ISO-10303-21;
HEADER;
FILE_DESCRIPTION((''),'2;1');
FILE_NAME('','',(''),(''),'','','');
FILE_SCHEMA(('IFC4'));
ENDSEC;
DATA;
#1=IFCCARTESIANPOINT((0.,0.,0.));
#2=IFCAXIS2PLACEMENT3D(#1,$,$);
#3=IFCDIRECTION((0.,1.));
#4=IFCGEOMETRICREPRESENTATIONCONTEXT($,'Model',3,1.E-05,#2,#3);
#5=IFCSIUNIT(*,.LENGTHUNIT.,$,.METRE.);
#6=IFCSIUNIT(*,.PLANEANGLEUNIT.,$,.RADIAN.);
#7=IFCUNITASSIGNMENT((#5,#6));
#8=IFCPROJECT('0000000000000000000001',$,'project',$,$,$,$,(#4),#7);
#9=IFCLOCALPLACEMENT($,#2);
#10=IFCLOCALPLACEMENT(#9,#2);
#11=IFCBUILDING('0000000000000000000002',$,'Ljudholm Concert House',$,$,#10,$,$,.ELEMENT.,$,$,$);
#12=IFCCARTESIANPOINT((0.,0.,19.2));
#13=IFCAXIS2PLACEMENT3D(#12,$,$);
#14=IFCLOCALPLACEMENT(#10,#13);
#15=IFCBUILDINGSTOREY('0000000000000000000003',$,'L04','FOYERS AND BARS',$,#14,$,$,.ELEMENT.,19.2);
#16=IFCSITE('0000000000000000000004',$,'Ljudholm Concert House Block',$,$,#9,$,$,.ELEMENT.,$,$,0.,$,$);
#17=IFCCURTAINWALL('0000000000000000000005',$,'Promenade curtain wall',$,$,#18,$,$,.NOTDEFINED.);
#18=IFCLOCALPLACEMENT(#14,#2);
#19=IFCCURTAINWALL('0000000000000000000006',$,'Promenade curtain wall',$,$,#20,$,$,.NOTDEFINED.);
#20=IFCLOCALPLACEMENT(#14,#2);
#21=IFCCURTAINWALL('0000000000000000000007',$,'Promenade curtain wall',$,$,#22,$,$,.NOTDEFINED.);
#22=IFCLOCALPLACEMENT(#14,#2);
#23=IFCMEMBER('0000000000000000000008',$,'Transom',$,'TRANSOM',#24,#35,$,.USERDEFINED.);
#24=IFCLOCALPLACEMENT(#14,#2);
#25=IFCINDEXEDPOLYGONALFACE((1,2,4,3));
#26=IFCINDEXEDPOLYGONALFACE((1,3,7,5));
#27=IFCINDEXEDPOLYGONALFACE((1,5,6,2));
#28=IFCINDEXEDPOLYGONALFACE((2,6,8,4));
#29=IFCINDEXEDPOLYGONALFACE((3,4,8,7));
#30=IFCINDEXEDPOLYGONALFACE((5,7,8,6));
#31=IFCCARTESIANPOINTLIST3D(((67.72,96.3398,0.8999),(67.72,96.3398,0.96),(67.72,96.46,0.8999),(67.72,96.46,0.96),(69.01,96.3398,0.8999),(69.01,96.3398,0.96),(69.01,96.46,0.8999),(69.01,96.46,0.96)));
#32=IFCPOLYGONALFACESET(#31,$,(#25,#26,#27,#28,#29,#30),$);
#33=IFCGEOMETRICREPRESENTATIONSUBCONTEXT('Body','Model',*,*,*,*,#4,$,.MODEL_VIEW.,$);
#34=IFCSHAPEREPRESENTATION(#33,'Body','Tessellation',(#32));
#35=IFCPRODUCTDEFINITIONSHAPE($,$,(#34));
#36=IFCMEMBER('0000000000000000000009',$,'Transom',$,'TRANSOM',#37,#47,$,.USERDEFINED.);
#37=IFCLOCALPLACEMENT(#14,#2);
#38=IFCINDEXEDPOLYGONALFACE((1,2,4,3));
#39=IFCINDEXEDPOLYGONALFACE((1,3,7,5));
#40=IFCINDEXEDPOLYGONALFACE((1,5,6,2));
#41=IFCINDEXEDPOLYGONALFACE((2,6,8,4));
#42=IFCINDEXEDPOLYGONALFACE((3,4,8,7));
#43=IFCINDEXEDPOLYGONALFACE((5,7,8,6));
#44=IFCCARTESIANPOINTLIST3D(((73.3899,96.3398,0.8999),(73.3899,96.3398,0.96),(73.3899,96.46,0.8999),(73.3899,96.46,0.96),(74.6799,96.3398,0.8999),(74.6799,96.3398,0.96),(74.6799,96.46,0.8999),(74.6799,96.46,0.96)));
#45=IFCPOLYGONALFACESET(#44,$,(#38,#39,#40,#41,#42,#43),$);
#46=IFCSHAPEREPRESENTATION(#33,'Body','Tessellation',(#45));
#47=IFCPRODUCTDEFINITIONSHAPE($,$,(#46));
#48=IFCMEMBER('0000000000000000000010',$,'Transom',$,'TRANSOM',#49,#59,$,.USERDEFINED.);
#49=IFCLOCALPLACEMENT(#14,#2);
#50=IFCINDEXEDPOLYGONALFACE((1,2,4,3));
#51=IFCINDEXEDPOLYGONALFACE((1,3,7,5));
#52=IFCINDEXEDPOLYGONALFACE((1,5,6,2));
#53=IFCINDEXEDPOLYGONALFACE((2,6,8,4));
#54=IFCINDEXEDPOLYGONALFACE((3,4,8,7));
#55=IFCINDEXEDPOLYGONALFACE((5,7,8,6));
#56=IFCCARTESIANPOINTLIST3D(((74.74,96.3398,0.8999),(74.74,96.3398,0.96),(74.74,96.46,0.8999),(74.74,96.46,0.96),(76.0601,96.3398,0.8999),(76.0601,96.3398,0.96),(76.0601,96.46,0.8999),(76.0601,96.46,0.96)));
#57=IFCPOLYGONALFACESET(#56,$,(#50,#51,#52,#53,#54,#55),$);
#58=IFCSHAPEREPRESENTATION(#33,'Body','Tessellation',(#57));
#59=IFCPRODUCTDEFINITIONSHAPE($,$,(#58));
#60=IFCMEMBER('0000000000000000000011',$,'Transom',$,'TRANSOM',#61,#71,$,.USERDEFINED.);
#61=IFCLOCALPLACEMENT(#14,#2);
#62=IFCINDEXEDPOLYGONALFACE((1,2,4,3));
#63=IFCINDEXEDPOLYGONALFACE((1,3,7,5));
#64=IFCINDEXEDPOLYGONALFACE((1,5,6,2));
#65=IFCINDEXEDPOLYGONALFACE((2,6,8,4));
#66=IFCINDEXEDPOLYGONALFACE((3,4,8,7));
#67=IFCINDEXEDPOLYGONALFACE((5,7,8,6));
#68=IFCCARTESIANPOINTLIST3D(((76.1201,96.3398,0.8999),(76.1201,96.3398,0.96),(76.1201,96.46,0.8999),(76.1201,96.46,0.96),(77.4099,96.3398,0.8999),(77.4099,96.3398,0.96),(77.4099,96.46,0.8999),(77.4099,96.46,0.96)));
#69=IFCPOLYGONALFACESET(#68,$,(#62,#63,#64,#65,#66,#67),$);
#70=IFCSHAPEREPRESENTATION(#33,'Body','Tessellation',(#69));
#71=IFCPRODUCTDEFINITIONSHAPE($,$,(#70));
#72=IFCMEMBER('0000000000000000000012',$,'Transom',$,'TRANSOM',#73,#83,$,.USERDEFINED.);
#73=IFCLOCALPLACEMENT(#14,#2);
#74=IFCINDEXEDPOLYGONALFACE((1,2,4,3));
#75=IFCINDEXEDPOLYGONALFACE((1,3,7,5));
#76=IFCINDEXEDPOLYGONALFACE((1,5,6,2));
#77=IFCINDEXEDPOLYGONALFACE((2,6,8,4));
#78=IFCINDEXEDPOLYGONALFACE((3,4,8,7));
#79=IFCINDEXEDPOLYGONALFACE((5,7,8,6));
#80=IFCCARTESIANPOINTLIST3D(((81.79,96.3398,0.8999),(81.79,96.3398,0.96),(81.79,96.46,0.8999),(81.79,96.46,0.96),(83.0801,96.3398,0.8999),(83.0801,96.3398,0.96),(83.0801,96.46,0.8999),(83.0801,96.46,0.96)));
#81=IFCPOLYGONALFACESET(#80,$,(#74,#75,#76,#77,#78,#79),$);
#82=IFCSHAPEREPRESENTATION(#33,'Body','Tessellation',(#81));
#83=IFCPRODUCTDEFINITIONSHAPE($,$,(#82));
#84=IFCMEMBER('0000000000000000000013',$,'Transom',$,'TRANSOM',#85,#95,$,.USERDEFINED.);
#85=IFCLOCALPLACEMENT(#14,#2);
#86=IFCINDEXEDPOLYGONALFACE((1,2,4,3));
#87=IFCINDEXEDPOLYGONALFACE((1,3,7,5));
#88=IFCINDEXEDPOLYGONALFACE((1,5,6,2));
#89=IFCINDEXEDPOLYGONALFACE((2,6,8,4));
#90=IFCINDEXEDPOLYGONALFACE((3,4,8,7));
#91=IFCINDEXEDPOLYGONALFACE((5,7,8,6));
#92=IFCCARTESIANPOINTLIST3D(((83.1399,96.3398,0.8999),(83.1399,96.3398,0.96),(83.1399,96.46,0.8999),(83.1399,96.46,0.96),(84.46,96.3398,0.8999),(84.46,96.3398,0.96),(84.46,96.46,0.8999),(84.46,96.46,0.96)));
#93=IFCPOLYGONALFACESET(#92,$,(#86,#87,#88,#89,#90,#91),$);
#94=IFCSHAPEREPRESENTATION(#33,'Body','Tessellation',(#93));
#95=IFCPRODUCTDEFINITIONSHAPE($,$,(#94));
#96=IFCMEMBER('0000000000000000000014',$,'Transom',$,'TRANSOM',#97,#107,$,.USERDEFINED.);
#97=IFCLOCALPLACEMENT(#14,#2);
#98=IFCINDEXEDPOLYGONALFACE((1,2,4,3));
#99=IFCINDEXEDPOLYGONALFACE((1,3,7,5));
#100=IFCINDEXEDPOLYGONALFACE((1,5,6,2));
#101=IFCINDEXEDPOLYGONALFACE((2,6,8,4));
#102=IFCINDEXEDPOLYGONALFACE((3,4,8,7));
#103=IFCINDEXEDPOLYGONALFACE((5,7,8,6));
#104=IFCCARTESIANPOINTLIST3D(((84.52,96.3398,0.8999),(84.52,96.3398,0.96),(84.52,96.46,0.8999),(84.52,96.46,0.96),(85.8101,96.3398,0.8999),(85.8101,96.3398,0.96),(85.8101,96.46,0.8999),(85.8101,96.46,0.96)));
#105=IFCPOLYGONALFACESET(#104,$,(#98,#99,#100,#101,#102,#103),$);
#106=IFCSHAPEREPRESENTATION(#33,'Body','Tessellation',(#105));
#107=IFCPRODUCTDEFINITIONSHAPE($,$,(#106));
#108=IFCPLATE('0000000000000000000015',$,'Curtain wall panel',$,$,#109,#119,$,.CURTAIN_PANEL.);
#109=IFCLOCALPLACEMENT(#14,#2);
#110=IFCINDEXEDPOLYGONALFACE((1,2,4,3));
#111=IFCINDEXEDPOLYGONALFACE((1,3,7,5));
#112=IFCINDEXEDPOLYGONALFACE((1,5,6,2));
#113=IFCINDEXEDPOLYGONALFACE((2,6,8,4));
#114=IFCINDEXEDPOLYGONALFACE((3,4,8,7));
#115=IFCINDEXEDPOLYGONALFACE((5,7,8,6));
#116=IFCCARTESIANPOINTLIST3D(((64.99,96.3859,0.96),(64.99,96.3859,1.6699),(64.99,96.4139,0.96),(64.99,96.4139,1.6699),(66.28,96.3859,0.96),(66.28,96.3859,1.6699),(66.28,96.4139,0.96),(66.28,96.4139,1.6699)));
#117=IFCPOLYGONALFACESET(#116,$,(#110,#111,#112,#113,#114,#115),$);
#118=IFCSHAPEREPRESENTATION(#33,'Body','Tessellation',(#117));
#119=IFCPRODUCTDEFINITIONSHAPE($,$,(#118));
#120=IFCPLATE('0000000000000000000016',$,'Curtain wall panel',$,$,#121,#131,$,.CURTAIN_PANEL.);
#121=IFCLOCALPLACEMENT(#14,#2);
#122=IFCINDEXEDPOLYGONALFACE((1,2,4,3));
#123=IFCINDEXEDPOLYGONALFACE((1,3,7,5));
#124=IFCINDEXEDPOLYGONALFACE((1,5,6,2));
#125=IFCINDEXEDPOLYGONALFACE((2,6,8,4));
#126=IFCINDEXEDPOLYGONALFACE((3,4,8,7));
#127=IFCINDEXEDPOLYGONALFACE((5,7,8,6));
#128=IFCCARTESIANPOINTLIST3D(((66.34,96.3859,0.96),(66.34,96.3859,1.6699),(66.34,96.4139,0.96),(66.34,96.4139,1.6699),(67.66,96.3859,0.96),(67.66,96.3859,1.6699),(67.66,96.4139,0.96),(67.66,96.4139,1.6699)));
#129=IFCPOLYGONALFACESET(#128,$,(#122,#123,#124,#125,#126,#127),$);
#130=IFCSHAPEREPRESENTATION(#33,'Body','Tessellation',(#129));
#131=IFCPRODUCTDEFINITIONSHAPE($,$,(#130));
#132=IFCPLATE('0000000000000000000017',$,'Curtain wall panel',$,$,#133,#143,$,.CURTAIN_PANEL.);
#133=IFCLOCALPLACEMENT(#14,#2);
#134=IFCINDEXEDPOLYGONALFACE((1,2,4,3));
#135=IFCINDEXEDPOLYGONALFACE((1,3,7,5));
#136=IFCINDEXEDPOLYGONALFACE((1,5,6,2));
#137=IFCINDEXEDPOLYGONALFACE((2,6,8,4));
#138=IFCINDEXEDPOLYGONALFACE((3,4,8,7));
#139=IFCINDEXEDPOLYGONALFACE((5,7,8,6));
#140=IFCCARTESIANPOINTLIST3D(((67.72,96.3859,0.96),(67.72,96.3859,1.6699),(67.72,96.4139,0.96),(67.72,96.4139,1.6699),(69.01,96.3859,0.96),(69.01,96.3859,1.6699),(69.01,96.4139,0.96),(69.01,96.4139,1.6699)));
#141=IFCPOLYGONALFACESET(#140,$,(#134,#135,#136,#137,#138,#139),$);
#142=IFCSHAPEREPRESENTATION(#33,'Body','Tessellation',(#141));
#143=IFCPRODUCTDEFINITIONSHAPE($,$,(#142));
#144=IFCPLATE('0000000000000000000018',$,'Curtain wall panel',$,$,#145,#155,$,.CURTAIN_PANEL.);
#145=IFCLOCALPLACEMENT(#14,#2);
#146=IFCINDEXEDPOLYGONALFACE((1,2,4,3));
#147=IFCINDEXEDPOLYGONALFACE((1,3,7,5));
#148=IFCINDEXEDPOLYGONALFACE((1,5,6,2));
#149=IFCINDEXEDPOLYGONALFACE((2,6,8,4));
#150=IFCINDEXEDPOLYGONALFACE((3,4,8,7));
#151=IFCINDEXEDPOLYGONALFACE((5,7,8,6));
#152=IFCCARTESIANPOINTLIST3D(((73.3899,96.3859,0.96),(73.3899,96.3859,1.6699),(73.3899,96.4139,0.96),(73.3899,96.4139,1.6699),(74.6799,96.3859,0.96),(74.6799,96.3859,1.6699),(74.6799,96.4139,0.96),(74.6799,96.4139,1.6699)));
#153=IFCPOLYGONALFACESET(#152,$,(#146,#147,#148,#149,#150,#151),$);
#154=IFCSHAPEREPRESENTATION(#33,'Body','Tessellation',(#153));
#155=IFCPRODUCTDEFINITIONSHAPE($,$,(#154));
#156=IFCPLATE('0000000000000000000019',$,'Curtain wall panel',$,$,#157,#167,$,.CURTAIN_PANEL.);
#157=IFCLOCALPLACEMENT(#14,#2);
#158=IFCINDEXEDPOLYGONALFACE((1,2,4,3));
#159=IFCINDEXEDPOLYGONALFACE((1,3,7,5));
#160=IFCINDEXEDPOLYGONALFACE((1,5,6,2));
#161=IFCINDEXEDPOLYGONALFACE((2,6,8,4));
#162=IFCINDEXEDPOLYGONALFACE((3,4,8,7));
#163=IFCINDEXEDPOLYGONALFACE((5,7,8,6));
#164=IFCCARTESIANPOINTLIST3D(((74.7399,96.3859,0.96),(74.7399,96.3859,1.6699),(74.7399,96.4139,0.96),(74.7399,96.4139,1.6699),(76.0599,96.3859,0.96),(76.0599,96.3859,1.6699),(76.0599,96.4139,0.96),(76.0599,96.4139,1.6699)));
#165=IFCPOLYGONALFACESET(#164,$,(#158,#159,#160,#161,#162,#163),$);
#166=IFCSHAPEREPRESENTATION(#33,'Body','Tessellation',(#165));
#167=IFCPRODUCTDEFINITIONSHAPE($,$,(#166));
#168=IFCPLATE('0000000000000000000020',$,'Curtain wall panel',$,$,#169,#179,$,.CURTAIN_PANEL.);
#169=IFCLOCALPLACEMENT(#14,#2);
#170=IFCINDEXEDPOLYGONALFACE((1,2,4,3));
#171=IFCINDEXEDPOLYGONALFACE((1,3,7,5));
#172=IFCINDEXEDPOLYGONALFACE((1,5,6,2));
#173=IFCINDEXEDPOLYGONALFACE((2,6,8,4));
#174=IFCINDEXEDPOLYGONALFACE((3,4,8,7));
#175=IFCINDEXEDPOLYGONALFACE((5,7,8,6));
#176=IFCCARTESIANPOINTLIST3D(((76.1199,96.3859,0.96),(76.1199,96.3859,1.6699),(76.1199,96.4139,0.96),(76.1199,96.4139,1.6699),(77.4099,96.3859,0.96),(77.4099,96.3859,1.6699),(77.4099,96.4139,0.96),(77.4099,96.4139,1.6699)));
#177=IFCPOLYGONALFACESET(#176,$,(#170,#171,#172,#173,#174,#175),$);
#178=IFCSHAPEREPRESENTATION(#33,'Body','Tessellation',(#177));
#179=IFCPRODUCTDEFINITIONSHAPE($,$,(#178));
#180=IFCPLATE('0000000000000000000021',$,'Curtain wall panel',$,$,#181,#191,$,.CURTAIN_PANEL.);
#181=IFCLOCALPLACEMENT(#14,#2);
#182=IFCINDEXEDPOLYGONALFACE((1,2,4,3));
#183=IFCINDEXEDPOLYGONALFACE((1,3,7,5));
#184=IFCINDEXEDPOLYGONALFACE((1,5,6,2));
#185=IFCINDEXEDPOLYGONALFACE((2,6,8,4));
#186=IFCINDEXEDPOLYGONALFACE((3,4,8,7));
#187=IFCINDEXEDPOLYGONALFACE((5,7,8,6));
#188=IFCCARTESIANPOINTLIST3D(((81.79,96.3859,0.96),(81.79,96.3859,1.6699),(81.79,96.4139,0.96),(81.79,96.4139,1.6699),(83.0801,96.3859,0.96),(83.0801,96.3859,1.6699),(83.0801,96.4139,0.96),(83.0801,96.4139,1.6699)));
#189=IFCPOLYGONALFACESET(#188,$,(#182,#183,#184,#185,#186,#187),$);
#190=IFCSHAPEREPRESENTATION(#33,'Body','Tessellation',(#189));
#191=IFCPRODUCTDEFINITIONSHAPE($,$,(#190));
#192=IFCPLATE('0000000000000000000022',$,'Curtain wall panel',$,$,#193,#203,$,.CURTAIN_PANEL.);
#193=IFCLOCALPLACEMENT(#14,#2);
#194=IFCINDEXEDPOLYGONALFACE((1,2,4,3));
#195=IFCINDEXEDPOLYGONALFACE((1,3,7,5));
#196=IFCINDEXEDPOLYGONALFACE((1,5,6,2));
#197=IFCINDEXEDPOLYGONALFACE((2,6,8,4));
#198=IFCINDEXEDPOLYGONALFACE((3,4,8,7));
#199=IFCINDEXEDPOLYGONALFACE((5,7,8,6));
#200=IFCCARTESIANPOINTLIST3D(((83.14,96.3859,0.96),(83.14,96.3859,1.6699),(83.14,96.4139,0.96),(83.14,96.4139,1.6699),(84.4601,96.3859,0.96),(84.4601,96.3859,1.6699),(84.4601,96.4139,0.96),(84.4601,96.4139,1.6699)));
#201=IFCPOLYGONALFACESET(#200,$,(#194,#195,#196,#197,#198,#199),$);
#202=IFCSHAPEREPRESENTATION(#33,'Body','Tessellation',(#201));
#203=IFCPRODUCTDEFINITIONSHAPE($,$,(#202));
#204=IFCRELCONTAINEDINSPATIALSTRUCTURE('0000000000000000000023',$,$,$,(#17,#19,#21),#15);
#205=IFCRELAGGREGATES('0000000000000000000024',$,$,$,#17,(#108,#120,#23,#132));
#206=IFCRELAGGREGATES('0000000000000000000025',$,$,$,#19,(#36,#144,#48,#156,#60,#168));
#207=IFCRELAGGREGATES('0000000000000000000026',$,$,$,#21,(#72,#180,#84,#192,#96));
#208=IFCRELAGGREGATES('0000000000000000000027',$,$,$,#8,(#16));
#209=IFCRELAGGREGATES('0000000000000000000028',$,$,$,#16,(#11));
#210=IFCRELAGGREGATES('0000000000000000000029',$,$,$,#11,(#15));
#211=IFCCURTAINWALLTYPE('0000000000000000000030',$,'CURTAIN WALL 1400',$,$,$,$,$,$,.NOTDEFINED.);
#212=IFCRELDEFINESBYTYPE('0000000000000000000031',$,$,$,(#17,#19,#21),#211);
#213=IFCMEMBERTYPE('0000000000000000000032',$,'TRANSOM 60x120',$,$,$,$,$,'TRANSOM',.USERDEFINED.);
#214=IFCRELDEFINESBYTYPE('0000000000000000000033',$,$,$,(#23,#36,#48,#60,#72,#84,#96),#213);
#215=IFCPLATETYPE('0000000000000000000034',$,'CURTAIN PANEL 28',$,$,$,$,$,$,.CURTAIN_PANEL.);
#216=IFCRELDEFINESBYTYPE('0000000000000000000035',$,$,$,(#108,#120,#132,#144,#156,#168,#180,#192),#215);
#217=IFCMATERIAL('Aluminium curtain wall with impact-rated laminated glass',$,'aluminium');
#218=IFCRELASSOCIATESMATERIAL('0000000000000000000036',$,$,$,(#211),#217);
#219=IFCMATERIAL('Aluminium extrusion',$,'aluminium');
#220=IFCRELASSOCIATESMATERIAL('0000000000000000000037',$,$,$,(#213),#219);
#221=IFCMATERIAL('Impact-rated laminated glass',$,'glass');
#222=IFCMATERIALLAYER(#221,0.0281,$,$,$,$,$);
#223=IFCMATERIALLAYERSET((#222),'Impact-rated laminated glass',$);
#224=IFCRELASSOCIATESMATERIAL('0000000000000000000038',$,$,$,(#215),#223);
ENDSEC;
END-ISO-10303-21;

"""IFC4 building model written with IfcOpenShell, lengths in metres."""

from ifc_helpers import new_model, si_unit, direction, frame, origin, origin_2d, place, context, subcontext, project, spatial, rectangle, extrude, material, layer, layer_set, material_profile, profile_set, type_object, element, aggregate, save


model = new_model("IFC4")

# Units and contexts
model_context = context("Model", 3, precision=1e-05, world=origin(), true_north=direction((0.0, 1.0)))
body_context = subcontext(model_context, "Body", "Model", "MODEL_VIEW")
ifc_project = project(units=[si_unit("LENGTHUNIT", "METRE"), si_unit("PLANEANGLEUNIT", "RADIAN")], contexts=[model_context])

# Site, building, storey
site_placement = place(None, origin())
site = spatial("IfcSite", under=ifc_project, at=site_placement, Name="Ljudholm Concert House Block", CompositionType="ELEMENT", RefElevation=0.0)
building_placement = place(site_placement, origin())
building = spatial("IfcBuilding", under=site, at=building_placement, Name="Ljudholm Concert House", CompositionType="ELEMENT")
storey_placement = place(building_placement, frame((0.0, 0.0, 19.2)))
storey = spatial("IfcBuildingStorey", under=building, at=storey_placement, Name="L04", Description="FOYERS AND BARS", CompositionType="ELEMENT", Elevation=19.2)

# Shared definitions
ifc_material_1 = material(Name="Aluminium curtain wall with impact-rated laminated glass", Category="aluminium")
curtain_wall_type = type_object("IfcCurtainWallType", Name="CURTAIN WALL 1400", PredefinedType="NOTDEFINED", material=ifc_material_1)

# Curtain walls
curtain_wall_1_placement = place(storey_placement, origin())
curtain_wall_1 = element("IfcCurtainWall", 1, at=curtain_wall_1_placement, inside=storey, type_object=curtain_wall_type, Name="Promenade curtain wall", PredefinedType="NOTDEFINED")
curtain_wall_2_placement = place(storey_placement, origin())
curtain_wall_2 = element("IfcCurtainWall", 2, at=curtain_wall_2_placement, inside=storey, type_object=curtain_wall_type, Name="Promenade curtain wall", PredefinedType="NOTDEFINED")
curtain_wall_3_placement = place(storey_placement, origin())
curtain_wall_3 = element("IfcCurtainWall", 3, at=curtain_wall_3_placement, inside=storey, type_object=curtain_wall_type, Name="Promenade curtain wall", PredefinedType="NOTDEFINED")

# Members
ifc_material_2 = material(Name="Aluminium extrusion", Category="aluminium")
ifc_material_profile_1 = material_profile(ifc_material_2, rectangle(XDim=0.1201, YDim=0.0601, at=origin_2d()), Name="TRANSOM 60x120")
ifc_profile_set_1 = profile_set([ifc_material_profile_1], Name="Aluminium extrusion")
member_type_1 = type_object("IfcMemberType", Name="TRANSOM 60x120", ElementType="TRANSOM", PredefinedType="USERDEFINED", material=ifc_profile_set_1)
member_1_placement = place(storey_placement, frame((67.72, 96.3999, 0.9299), z_axis=(1.0, 0.0, 0.0), x_axis=(0.0, 1.0, 0.0)))
member_1 = element("IfcMember", 4, at=member_1_placement, type_object=member_type_1, Name="Transom", ObjectType="TRANSOM", PredefinedType="USERDEFINED", context=body_context, shape_type="SweptSolid", body=[
    extrude(rectangle(XDim=0.1201, YDim=0.0601, at=origin_2d()), origin(), (0.0, 0.0, 1.0), 1.29),
])
member_2_placement = place(storey_placement, frame((73.3899, 96.3999, 0.9299), z_axis=(1.0, 0.0, 0.0), x_axis=(0.0, 1.0, 0.0)))
member_2 = element("IfcMember", 5, at=member_2_placement, type_object=member_type_1, Name="Transom", ObjectType="TRANSOM", PredefinedType="USERDEFINED", context=body_context, shape_type="SweptSolid", body=[
    extrude(rectangle(XDim=0.1201, YDim=0.0601, at=origin_2d()), origin(), (0.0, 0.0, 1.0), 1.29),
])
member_3_placement = place(storey_placement, frame((74.74, 96.3999, 0.9299), z_axis=(1.0, 0.0, 0.0), x_axis=(0.0, 1.0, 0.0)))
member_3 = element("IfcMember", 6, at=member_3_placement, type_object=member_type_1, Name="Transom", ObjectType="TRANSOM", PredefinedType="USERDEFINED", context=body_context, shape_type="SweptSolid", body=[
    extrude(rectangle(XDim=0.1201, YDim=0.0601, at=origin_2d()), origin(), (0.0, 0.0, 1.0), 1.3201),
])
member_4_placement = place(storey_placement, frame((76.1201, 96.3999, 0.9299), z_axis=(1.0, 0.0, 0.0), x_axis=(0.0, 1.0, 0.0)))
member_4 = element("IfcMember", 7, at=member_4_placement, type_object=member_type_1, Name="Transom", ObjectType="TRANSOM", PredefinedType="USERDEFINED", context=body_context, shape_type="SweptSolid", body=[
    extrude(rectangle(XDim=0.1201, YDim=0.0601, at=origin_2d()), origin(), (0.0, 0.0, 1.0), 1.2898),
])
member_5_placement = place(storey_placement, frame((81.79, 96.3999, 0.9299), z_axis=(1.0, 0.0, 0.0), x_axis=(0.0, 1.0, 0.0)))
member_5 = element("IfcMember", 8, at=member_5_placement, type_object=member_type_1, Name="Transom", ObjectType="TRANSOM", PredefinedType="USERDEFINED", context=body_context, shape_type="SweptSolid", body=[
    extrude(rectangle(XDim=0.1201, YDim=0.0601, at=origin_2d()), origin(), (0.0, 0.0, 1.0), 1.29),
])
member_6_placement = place(storey_placement, frame((83.1399, 96.3999, 0.9299), z_axis=(1.0, 0.0, 0.0), x_axis=(0.0, 1.0, 0.0)))
member_6 = element("IfcMember", 9, at=member_6_placement, type_object=member_type_1, Name="Transom", ObjectType="TRANSOM", PredefinedType="USERDEFINED", context=body_context, shape_type="SweptSolid", body=[
    extrude(rectangle(XDim=0.1201, YDim=0.0601, at=origin_2d()), origin(), (0.0, 0.0, 1.0), 1.3201),
])
member_7_placement = place(storey_placement, frame((84.52, 96.3999, 0.9299), z_axis=(1.0, 0.0, 0.0), x_axis=(0.0, 1.0, 0.0)))
member_7 = element("IfcMember", 10, at=member_7_placement, type_object=member_type_1, Name="Transom", ObjectType="TRANSOM", PredefinedType="USERDEFINED", context=body_context, shape_type="SweptSolid", body=[
    extrude(rectangle(XDim=0.1201, YDim=0.0601, at=origin_2d()), origin(), (0.0, 0.0, 1.0), 1.29),
])

# Plates
ifc_material_3 = material(Name="Impact-rated laminated glass", Category="glass")
ifc_layer = layer(ifc_material_3, 0.0281)
ifc_layer_set = layer_set([ifc_layer], Name="Impact-rated laminated glass")
plate_type = type_object("IfcPlateType", Name="CURTAIN PANEL 28", PredefinedType="CURTAIN_PANEL", material=ifc_layer_set)
plate_1_placement = place(storey_placement, frame((65.635, 96.3999, 0.96), z_axis=(0.0, 0.0, 1.0), x_axis=(1.0, 0.0, 0.0)))
plate_1 = element("IfcPlate", 11, at=plate_1_placement, type_object=plate_type, Name="Curtain wall panel", PredefinedType="CURTAIN_PANEL", context=body_context, shape_type="SweptSolid", body=[
    extrude(rectangle(XDim=1.29, YDim=0.0281, at=origin_2d()), origin(), (0.0, 0.0, 1.0), 0.71),
])
plate_2_placement = place(storey_placement, frame((67.0, 96.3999, 0.96), z_axis=(0.0, 0.0, 1.0), x_axis=(1.0, 0.0, 0.0)))
plate_2 = element("IfcPlate", 12, at=plate_2_placement, type_object=plate_type, Name="Curtain wall panel", PredefinedType="CURTAIN_PANEL", context=body_context, shape_type="SweptSolid", body=[
    extrude(rectangle(XDim=1.3201, YDim=0.0281, at=origin_2d()), origin(), (0.0, 0.0, 1.0), 0.71),
])
plate_3_placement = place(storey_placement, frame((68.365, 96.3999, 0.96), z_axis=(0.0, 0.0, 1.0), x_axis=(1.0, 0.0, 0.0)))
plate_3 = element("IfcPlate", 13, at=plate_3_placement, type_object=plate_type, Name="Curtain wall panel", PredefinedType="CURTAIN_PANEL", context=body_context, shape_type="SweptSolid", body=[
    extrude(rectangle(XDim=1.29, YDim=0.0281, at=origin_2d()), origin(), (0.0, 0.0, 1.0), 0.71),
])
aggregate(curtain_wall_1, [plate_1, plate_2, member_1, plate_3])
plate_4_placement = place(storey_placement, frame((74.0349, 96.3999, 0.96), z_axis=(0.0, 0.0, 1.0), x_axis=(1.0, 0.0, 0.0)))
plate_4 = element("IfcPlate", 14, at=plate_4_placement, type_object=plate_type, Name="Curtain wall panel", PredefinedType="CURTAIN_PANEL", context=body_context, shape_type="SweptSolid", body=[
    extrude(rectangle(XDim=1.29, YDim=0.0281, at=origin_2d()), origin(), (0.0, 0.0, 1.0), 0.71),
])
plate_5_placement = place(storey_placement, frame((75.3999, 96.3999, 0.96), z_axis=(0.0, 0.0, 1.0), x_axis=(1.0, 0.0, 0.0)))
plate_5 = element("IfcPlate", 15, at=plate_5_placement, type_object=plate_type, Name="Curtain wall panel", PredefinedType="CURTAIN_PANEL", context=body_context, shape_type="SweptSolid", body=[
    extrude(rectangle(XDim=1.3201, YDim=0.0281, at=origin_2d()), origin(), (0.0, 0.0, 1.0), 0.71),
])
plate_6_placement = place(storey_placement, frame((76.7649, 96.3999, 0.96), z_axis=(0.0, 0.0, 1.0), x_axis=(1.0, 0.0, 0.0)))
plate_6 = element("IfcPlate", 16, at=plate_6_placement, type_object=plate_type, Name="Curtain wall panel", PredefinedType="CURTAIN_PANEL", context=body_context, shape_type="SweptSolid", body=[
    extrude(rectangle(XDim=1.29, YDim=0.0281, at=origin_2d()), origin(), (0.0, 0.0, 1.0), 0.71),
])
aggregate(curtain_wall_2, [member_2, plate_4, member_3, plate_5, member_4, plate_6])
plate_7_placement = place(storey_placement, frame((82.4351, 96.3999, 0.96), z_axis=(0.0, 0.0, 1.0), x_axis=(1.0, 0.0, 0.0)))
plate_7 = element("IfcPlate", 17, at=plate_7_placement, type_object=plate_type, Name="Curtain wall panel", PredefinedType="CURTAIN_PANEL", context=body_context, shape_type="SweptSolid", body=[
    extrude(rectangle(XDim=1.29, YDim=0.0281, at=origin_2d()), origin(), (0.0, 0.0, 1.0), 0.71),
])
plate_8_placement = place(storey_placement, frame((83.8, 96.3999, 0.96), z_axis=(0.0, 0.0, 1.0), x_axis=(1.0, 0.0, 0.0)))
plate_8 = element("IfcPlate", 18, at=plate_8_placement, type_object=plate_type, Name="Curtain wall panel", PredefinedType="CURTAIN_PANEL", context=body_context, shape_type="SweptSolid", body=[
    extrude(rectangle(XDim=1.3201, YDim=0.0281, at=origin_2d()), origin(), (0.0, 0.0, 1.0), 0.71),
])
aggregate(curtain_wall_3, [member_5, plate_7, member_6, plate_8, member_7])

save(model, "model.ifc")
